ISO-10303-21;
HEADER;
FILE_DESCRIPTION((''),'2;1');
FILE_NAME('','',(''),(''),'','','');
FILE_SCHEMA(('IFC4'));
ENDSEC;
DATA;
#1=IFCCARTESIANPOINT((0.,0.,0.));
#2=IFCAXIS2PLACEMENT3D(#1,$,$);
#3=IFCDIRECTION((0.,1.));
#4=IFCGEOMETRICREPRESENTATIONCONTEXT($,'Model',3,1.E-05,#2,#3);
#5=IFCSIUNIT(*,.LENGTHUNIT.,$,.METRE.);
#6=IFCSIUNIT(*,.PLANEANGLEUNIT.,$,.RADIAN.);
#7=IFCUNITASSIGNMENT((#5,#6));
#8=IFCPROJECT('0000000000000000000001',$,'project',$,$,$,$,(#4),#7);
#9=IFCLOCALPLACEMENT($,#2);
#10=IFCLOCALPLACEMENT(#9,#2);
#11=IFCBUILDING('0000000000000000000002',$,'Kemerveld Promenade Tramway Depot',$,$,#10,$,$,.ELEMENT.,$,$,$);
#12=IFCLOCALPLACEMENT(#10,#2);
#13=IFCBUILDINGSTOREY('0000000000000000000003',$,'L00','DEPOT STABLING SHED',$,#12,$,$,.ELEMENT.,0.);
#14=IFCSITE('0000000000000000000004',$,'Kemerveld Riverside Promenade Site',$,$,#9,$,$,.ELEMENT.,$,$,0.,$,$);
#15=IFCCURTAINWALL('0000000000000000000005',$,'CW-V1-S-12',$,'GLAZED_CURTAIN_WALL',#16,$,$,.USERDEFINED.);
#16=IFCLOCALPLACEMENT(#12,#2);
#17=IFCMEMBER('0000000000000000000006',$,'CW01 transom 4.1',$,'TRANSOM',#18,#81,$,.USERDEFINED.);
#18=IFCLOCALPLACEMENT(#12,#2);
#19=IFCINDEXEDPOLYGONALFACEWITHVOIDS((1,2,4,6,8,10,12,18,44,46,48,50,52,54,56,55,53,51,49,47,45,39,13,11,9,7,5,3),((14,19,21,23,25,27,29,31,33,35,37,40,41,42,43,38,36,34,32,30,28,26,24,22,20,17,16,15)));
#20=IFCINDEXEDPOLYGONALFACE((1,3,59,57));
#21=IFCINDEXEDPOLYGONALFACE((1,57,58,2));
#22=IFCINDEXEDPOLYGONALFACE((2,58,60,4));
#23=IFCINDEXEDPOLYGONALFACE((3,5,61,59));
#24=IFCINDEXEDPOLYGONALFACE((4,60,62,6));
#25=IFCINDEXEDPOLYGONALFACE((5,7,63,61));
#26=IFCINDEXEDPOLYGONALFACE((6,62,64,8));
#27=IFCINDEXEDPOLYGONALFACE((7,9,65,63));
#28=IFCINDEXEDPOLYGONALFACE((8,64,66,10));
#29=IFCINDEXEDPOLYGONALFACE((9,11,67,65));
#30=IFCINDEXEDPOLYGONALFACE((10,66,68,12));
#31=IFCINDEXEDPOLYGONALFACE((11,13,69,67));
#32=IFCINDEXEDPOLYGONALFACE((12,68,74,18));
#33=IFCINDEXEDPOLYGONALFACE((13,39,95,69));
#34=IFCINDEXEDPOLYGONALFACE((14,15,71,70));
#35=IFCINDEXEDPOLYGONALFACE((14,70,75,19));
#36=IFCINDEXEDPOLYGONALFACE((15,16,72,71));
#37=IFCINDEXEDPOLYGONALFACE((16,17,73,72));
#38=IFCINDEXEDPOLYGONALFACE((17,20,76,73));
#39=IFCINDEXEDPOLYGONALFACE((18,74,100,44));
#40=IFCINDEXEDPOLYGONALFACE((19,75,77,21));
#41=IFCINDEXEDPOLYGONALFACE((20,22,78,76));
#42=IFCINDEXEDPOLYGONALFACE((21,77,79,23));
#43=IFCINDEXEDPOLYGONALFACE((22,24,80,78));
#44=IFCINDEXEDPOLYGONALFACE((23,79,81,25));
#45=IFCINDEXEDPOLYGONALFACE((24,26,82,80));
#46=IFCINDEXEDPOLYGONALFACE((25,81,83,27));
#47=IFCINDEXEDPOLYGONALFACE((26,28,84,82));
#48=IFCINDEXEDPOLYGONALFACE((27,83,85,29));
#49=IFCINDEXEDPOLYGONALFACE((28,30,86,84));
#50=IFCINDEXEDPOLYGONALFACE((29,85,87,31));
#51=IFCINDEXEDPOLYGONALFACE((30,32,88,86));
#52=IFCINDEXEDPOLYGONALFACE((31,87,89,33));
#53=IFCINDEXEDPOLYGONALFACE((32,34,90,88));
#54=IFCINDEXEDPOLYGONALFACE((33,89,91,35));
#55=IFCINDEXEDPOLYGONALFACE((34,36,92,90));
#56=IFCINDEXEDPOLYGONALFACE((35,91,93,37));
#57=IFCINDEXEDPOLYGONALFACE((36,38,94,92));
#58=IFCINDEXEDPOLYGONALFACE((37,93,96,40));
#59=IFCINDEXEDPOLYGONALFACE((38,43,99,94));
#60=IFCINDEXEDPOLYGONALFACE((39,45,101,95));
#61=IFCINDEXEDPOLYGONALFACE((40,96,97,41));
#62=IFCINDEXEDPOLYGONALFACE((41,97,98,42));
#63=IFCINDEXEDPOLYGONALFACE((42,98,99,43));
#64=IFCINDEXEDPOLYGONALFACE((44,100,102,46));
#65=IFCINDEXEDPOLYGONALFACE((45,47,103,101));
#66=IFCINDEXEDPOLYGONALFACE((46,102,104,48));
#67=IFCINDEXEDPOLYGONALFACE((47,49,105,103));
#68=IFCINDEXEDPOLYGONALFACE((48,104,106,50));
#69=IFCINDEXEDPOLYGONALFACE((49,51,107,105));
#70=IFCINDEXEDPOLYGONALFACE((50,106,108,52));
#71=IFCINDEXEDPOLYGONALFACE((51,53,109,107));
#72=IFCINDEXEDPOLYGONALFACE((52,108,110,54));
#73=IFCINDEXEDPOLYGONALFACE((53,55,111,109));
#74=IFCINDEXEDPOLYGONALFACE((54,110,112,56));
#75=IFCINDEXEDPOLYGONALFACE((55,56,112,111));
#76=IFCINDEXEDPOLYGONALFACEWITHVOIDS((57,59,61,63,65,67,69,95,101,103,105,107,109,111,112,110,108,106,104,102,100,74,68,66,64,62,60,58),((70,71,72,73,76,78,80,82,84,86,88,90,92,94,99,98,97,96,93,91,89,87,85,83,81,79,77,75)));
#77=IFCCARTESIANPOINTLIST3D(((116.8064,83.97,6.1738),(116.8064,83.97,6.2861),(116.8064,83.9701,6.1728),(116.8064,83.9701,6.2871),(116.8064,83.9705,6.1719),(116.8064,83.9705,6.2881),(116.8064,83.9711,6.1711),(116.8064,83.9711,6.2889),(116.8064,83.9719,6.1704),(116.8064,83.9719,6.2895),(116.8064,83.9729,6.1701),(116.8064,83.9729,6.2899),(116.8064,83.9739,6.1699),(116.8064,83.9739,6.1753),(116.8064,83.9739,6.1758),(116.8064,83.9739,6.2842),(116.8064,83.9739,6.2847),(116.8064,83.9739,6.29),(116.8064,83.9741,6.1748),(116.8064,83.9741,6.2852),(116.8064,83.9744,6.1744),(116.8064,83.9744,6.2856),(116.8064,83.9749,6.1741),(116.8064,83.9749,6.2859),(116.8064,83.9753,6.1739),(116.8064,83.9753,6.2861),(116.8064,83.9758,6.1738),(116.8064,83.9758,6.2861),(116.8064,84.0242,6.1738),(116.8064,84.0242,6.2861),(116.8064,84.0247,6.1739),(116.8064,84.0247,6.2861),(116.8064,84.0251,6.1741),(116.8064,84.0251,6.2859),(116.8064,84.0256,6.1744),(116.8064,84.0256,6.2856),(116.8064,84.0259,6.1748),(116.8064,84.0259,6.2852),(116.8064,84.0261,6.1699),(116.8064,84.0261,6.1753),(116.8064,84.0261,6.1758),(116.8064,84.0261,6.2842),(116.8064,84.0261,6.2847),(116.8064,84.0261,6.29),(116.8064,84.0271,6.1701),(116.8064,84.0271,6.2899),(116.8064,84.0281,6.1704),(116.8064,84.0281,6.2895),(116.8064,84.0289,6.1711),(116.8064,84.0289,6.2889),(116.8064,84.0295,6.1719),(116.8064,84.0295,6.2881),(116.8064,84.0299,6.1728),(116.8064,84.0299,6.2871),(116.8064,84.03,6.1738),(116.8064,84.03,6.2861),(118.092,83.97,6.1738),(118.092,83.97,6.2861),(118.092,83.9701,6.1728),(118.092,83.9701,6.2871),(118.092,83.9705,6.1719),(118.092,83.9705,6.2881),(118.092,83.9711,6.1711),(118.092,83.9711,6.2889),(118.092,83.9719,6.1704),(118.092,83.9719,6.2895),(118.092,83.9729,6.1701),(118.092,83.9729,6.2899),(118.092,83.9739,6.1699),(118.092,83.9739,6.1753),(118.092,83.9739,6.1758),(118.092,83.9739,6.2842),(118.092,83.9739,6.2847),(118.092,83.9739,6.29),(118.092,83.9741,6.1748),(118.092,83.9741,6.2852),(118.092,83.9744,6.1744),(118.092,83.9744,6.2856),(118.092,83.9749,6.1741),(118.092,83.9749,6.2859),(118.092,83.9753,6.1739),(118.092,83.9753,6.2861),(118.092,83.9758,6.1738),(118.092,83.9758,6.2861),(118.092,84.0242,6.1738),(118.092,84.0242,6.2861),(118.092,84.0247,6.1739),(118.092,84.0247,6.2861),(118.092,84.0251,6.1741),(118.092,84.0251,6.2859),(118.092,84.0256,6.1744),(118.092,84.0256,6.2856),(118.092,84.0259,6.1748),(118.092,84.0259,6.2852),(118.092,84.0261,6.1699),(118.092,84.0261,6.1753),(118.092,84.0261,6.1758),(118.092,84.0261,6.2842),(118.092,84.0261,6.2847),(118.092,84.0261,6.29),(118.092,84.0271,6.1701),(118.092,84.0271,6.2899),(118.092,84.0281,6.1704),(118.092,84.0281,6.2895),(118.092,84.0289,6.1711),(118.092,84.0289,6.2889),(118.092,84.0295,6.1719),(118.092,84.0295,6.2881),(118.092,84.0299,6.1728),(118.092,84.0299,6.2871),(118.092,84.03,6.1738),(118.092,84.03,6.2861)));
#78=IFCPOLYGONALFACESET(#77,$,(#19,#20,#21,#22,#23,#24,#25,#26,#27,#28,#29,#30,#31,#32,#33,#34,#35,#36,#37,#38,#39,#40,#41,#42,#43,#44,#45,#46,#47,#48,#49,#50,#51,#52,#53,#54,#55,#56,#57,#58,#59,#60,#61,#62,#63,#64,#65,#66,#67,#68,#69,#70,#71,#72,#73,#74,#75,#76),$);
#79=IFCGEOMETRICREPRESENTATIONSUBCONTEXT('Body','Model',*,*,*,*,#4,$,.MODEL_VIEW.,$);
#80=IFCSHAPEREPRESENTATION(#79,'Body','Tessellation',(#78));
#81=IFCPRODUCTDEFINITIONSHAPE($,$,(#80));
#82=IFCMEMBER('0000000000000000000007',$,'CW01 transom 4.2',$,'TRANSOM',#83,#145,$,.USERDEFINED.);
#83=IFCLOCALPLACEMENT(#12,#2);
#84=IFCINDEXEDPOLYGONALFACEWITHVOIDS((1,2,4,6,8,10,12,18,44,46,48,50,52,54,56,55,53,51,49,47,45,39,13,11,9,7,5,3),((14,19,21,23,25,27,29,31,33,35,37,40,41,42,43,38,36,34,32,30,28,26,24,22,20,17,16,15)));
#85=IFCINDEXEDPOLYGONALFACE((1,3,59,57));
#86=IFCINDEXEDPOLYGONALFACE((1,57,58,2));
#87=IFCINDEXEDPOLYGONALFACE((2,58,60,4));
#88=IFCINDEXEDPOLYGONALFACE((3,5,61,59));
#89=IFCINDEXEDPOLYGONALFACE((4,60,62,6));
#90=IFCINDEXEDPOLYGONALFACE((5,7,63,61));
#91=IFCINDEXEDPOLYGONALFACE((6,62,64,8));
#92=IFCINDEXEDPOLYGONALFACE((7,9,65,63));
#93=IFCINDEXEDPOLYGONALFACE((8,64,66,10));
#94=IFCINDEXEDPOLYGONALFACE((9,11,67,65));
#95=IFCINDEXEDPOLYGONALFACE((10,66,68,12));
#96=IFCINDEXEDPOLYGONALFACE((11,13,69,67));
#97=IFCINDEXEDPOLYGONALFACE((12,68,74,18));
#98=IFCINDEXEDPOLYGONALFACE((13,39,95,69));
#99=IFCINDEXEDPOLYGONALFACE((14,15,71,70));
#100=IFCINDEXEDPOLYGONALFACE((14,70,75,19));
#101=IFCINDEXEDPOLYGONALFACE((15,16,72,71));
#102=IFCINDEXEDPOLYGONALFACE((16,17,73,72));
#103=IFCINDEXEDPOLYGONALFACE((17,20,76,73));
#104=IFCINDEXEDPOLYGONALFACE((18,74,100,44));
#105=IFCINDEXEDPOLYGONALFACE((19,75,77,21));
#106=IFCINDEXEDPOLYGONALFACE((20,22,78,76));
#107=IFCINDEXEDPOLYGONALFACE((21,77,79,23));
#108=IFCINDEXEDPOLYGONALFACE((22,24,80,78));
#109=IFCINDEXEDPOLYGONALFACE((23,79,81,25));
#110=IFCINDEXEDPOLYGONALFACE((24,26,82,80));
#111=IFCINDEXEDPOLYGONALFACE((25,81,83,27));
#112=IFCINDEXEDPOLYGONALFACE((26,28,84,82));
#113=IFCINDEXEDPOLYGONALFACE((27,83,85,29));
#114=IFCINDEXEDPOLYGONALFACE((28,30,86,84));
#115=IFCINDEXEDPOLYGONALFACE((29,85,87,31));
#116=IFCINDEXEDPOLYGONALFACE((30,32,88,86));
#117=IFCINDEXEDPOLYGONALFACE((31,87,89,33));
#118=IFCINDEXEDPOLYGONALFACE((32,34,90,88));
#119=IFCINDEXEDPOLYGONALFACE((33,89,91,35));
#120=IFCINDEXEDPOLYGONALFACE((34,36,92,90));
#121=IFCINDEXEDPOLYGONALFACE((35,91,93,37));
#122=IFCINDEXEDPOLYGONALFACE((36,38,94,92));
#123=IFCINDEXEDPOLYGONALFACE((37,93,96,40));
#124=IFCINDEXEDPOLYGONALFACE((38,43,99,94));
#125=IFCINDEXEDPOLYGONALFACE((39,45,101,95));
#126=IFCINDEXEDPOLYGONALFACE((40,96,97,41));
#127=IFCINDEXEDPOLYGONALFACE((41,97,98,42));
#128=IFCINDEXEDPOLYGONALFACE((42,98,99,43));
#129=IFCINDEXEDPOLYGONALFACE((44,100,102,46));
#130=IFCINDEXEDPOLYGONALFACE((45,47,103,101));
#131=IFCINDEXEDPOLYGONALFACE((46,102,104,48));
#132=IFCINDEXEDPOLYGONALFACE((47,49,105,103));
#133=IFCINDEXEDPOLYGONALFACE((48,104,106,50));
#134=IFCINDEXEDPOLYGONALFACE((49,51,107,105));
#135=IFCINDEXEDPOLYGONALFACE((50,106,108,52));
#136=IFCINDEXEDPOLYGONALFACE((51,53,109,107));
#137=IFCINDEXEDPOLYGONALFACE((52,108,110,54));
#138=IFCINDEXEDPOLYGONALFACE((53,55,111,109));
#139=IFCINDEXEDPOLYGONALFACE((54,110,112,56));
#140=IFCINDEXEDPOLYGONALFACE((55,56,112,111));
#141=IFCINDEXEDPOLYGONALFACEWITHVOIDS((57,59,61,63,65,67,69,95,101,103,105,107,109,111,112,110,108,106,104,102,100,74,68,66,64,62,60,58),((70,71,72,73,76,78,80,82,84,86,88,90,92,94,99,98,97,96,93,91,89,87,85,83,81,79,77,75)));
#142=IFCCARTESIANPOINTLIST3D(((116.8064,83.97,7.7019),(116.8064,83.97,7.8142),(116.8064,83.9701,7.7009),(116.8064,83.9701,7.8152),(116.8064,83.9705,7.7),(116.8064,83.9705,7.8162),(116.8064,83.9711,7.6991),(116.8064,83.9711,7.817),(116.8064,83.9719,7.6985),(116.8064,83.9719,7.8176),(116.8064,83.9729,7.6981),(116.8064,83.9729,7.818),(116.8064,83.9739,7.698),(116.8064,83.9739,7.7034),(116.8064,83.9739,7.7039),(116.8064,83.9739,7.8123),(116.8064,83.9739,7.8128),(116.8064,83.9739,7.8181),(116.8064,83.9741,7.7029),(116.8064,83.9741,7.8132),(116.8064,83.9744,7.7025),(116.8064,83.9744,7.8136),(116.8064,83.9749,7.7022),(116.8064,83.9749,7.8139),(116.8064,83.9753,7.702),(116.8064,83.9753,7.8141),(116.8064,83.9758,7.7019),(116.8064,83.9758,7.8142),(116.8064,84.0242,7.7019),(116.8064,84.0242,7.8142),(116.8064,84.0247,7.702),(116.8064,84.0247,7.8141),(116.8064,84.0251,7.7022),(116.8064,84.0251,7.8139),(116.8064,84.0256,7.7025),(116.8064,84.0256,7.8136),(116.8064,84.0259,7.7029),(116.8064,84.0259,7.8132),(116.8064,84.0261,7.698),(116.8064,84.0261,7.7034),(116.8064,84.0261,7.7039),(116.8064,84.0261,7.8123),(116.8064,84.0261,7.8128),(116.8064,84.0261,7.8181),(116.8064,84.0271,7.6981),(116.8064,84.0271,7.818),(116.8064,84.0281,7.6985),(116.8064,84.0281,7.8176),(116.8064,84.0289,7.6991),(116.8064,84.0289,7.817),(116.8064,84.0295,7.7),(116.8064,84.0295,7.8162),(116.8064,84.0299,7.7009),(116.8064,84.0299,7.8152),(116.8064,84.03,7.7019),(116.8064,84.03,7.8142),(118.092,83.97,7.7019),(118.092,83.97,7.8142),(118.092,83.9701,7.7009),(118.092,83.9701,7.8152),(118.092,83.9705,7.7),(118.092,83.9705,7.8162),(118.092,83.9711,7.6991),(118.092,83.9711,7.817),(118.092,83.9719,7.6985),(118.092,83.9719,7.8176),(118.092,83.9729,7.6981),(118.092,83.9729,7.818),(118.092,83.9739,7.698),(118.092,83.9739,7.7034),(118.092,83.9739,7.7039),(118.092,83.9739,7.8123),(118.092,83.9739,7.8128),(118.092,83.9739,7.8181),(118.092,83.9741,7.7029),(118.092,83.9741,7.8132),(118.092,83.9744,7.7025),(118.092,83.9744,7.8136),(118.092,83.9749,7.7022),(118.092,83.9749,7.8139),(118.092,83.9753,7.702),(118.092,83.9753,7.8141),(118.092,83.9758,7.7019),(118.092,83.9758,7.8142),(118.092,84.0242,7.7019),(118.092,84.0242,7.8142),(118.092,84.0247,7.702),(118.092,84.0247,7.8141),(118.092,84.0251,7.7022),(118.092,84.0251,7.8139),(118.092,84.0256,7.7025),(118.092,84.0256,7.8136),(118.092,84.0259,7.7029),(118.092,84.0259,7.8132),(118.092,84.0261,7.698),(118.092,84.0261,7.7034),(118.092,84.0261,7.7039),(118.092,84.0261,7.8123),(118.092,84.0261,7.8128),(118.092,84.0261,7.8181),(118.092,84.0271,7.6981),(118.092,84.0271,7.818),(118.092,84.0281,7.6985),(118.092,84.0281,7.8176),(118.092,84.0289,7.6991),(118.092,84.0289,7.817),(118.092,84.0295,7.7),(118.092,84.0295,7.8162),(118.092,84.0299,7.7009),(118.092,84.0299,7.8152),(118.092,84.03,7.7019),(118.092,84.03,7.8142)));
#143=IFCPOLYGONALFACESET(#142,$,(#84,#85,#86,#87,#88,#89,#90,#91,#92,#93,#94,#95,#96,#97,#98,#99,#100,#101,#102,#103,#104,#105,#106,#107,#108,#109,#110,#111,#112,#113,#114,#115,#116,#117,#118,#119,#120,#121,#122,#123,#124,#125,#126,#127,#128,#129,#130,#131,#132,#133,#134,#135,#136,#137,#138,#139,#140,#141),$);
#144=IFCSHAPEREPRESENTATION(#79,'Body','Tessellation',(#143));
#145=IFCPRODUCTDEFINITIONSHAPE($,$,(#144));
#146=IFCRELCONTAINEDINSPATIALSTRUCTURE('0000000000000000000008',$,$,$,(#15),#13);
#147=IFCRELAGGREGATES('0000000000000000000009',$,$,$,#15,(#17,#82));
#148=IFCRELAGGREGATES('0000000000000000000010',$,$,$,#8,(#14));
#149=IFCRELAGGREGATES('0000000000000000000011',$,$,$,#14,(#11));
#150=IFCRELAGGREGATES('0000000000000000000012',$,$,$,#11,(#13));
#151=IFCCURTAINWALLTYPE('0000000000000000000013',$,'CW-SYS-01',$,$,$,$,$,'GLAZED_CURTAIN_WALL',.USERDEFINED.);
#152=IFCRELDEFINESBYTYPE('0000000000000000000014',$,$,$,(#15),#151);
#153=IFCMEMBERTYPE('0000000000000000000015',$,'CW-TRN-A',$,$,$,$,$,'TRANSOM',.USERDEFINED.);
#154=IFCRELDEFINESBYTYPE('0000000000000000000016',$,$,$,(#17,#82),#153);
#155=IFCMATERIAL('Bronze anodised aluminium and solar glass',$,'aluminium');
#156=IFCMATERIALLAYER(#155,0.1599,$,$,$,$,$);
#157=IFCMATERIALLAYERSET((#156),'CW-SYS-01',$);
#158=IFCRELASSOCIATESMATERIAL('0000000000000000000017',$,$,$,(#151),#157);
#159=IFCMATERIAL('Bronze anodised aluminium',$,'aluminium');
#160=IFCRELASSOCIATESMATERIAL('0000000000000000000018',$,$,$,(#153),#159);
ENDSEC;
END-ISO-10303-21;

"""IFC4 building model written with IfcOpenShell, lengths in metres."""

from ifc_helpers import new_model, si_unit, direction, frame, origin, origin_2d, place, context, subcontext, project, spatial, hollow_rectangle, extrude, material, layer, layer_set, material_profile, profile_set, type_object, element, aggregate, save


model = new_model("IFC4")

# Units and contexts
model_context = context("Model", 3, precision=1e-05, world=origin(), true_north=direction((0.0, 1.0)))
body_context = subcontext(model_context, "Body", "Model", "MODEL_VIEW")
ifc_project = project(units=[si_unit("LENGTHUNIT", "METRE"), si_unit("PLANEANGLEUNIT", "RADIAN")], contexts=[model_context])

# Site, building, storey
site_placement = place(None, origin())
site = spatial("IfcSite", under=ifc_project, at=site_placement, Name="Kemerveld Riverside Promenade Site", CompositionType="ELEMENT", RefElevation=0.0)
building_placement = place(site_placement, origin())
building = spatial("IfcBuilding", under=site, at=building_placement, Name="Kemerveld Promenade Tramway Depot", CompositionType="ELEMENT")
storey_placement = place(building_placement, origin())
storey = spatial("IfcBuildingStorey", under=building, at=storey_placement, Name="L00", Description="DEPOT STABLING SHED", CompositionType="ELEMENT", Elevation=0.0)

# Curtain wall
ifc_material_1 = material(Name="Bronze anodised aluminium and solar glass", Category="aluminium")
ifc_layer_1 = layer(ifc_material_1, 0.1599)
ifc_layer_set_1 = layer_set([ifc_layer_1], Name="CW-SYS-01")
curtain_wall_type_1 = type_object("IfcCurtainWallType", Name="CW-SYS-01", ElementType="GLAZED_CURTAIN_WALL", PredefinedType="USERDEFINED", material=ifc_layer_set_1)
curtain_wall_1_placement = place(storey_placement, origin())
curtain_wall_1 = element("IfcCurtainWall", 1, at=curtain_wall_1_placement, inside=storey, type_object=curtain_wall_type_1, Name="CW-V1-S-12", ObjectType="GLAZED_CURTAIN_WALL", PredefinedType="USERDEFINED")
ifc_material_2 = material(Name="Bronze anodised aluminium", Category="aluminium")

# Members
ifc_material_profile_1 = material_profile(ifc_material_2, hollow_rectangle(XDim=0.0601, YDim=0.1201, WallThickness=0.0039, InnerFilletRadius=0.002, OuterFilletRadius=0.0039, at=origin_2d()), Name="CW-TRN-120x60")
ifc_profile_set_1 = profile_set([ifc_material_profile_1], Name="Bronze anodised aluminium")
member_type_1 = type_object("IfcMemberType", Name="CW-TRN-A", ElementType="TRANSOM", PredefinedType="USERDEFINED", material=ifc_profile_set_1)
member_1_placement = place(storey_placement, frame((118.092, 84.0, 6.23), z_axis=(-1.0, 0.0, 0.0), x_axis=(0.0, -1.0, 0.0)))
member_1 = element("IfcMember", 2, at=member_1_placement, type_object=member_type_1, Name="CW01 transom 4.1", ObjectType="TRANSOM", PredefinedType="USERDEFINED", context=body_context, shape_type="SweptSolid", body=[
    extrude(hollow_rectangle(XDim=0.0601, YDim=0.1201, WallThickness=0.0039, InnerFilletRadius=0.002, OuterFilletRadius=0.0039, at=origin_2d()), origin(), (0.0, 0.0, 1.0), 1.2856),
])
member_2_placement = place(storey_placement, frame((118.092, 84.0, 7.7581), z_axis=(-1.0, 0.0, 0.0), x_axis=(0.0, -1.0, 0.0)))
member_2 = element("IfcMember", 3, at=member_2_placement, type_object=member_type_1, Name="CW01 transom 4.2", ObjectType="TRANSOM", PredefinedType="USERDEFINED", context=body_context, shape_type="SweptSolid", body=[
    extrude(hollow_rectangle(XDim=0.0601, YDim=0.1201, WallThickness=0.0039, InnerFilletRadius=0.002, OuterFilletRadius=0.0039, at=origin_2d()), origin(), (0.0, 0.0, 1.0), 1.2856),
])

aggregate(curtain_wall_1, [member_1, member_2])

save(model, "model.ifc")
